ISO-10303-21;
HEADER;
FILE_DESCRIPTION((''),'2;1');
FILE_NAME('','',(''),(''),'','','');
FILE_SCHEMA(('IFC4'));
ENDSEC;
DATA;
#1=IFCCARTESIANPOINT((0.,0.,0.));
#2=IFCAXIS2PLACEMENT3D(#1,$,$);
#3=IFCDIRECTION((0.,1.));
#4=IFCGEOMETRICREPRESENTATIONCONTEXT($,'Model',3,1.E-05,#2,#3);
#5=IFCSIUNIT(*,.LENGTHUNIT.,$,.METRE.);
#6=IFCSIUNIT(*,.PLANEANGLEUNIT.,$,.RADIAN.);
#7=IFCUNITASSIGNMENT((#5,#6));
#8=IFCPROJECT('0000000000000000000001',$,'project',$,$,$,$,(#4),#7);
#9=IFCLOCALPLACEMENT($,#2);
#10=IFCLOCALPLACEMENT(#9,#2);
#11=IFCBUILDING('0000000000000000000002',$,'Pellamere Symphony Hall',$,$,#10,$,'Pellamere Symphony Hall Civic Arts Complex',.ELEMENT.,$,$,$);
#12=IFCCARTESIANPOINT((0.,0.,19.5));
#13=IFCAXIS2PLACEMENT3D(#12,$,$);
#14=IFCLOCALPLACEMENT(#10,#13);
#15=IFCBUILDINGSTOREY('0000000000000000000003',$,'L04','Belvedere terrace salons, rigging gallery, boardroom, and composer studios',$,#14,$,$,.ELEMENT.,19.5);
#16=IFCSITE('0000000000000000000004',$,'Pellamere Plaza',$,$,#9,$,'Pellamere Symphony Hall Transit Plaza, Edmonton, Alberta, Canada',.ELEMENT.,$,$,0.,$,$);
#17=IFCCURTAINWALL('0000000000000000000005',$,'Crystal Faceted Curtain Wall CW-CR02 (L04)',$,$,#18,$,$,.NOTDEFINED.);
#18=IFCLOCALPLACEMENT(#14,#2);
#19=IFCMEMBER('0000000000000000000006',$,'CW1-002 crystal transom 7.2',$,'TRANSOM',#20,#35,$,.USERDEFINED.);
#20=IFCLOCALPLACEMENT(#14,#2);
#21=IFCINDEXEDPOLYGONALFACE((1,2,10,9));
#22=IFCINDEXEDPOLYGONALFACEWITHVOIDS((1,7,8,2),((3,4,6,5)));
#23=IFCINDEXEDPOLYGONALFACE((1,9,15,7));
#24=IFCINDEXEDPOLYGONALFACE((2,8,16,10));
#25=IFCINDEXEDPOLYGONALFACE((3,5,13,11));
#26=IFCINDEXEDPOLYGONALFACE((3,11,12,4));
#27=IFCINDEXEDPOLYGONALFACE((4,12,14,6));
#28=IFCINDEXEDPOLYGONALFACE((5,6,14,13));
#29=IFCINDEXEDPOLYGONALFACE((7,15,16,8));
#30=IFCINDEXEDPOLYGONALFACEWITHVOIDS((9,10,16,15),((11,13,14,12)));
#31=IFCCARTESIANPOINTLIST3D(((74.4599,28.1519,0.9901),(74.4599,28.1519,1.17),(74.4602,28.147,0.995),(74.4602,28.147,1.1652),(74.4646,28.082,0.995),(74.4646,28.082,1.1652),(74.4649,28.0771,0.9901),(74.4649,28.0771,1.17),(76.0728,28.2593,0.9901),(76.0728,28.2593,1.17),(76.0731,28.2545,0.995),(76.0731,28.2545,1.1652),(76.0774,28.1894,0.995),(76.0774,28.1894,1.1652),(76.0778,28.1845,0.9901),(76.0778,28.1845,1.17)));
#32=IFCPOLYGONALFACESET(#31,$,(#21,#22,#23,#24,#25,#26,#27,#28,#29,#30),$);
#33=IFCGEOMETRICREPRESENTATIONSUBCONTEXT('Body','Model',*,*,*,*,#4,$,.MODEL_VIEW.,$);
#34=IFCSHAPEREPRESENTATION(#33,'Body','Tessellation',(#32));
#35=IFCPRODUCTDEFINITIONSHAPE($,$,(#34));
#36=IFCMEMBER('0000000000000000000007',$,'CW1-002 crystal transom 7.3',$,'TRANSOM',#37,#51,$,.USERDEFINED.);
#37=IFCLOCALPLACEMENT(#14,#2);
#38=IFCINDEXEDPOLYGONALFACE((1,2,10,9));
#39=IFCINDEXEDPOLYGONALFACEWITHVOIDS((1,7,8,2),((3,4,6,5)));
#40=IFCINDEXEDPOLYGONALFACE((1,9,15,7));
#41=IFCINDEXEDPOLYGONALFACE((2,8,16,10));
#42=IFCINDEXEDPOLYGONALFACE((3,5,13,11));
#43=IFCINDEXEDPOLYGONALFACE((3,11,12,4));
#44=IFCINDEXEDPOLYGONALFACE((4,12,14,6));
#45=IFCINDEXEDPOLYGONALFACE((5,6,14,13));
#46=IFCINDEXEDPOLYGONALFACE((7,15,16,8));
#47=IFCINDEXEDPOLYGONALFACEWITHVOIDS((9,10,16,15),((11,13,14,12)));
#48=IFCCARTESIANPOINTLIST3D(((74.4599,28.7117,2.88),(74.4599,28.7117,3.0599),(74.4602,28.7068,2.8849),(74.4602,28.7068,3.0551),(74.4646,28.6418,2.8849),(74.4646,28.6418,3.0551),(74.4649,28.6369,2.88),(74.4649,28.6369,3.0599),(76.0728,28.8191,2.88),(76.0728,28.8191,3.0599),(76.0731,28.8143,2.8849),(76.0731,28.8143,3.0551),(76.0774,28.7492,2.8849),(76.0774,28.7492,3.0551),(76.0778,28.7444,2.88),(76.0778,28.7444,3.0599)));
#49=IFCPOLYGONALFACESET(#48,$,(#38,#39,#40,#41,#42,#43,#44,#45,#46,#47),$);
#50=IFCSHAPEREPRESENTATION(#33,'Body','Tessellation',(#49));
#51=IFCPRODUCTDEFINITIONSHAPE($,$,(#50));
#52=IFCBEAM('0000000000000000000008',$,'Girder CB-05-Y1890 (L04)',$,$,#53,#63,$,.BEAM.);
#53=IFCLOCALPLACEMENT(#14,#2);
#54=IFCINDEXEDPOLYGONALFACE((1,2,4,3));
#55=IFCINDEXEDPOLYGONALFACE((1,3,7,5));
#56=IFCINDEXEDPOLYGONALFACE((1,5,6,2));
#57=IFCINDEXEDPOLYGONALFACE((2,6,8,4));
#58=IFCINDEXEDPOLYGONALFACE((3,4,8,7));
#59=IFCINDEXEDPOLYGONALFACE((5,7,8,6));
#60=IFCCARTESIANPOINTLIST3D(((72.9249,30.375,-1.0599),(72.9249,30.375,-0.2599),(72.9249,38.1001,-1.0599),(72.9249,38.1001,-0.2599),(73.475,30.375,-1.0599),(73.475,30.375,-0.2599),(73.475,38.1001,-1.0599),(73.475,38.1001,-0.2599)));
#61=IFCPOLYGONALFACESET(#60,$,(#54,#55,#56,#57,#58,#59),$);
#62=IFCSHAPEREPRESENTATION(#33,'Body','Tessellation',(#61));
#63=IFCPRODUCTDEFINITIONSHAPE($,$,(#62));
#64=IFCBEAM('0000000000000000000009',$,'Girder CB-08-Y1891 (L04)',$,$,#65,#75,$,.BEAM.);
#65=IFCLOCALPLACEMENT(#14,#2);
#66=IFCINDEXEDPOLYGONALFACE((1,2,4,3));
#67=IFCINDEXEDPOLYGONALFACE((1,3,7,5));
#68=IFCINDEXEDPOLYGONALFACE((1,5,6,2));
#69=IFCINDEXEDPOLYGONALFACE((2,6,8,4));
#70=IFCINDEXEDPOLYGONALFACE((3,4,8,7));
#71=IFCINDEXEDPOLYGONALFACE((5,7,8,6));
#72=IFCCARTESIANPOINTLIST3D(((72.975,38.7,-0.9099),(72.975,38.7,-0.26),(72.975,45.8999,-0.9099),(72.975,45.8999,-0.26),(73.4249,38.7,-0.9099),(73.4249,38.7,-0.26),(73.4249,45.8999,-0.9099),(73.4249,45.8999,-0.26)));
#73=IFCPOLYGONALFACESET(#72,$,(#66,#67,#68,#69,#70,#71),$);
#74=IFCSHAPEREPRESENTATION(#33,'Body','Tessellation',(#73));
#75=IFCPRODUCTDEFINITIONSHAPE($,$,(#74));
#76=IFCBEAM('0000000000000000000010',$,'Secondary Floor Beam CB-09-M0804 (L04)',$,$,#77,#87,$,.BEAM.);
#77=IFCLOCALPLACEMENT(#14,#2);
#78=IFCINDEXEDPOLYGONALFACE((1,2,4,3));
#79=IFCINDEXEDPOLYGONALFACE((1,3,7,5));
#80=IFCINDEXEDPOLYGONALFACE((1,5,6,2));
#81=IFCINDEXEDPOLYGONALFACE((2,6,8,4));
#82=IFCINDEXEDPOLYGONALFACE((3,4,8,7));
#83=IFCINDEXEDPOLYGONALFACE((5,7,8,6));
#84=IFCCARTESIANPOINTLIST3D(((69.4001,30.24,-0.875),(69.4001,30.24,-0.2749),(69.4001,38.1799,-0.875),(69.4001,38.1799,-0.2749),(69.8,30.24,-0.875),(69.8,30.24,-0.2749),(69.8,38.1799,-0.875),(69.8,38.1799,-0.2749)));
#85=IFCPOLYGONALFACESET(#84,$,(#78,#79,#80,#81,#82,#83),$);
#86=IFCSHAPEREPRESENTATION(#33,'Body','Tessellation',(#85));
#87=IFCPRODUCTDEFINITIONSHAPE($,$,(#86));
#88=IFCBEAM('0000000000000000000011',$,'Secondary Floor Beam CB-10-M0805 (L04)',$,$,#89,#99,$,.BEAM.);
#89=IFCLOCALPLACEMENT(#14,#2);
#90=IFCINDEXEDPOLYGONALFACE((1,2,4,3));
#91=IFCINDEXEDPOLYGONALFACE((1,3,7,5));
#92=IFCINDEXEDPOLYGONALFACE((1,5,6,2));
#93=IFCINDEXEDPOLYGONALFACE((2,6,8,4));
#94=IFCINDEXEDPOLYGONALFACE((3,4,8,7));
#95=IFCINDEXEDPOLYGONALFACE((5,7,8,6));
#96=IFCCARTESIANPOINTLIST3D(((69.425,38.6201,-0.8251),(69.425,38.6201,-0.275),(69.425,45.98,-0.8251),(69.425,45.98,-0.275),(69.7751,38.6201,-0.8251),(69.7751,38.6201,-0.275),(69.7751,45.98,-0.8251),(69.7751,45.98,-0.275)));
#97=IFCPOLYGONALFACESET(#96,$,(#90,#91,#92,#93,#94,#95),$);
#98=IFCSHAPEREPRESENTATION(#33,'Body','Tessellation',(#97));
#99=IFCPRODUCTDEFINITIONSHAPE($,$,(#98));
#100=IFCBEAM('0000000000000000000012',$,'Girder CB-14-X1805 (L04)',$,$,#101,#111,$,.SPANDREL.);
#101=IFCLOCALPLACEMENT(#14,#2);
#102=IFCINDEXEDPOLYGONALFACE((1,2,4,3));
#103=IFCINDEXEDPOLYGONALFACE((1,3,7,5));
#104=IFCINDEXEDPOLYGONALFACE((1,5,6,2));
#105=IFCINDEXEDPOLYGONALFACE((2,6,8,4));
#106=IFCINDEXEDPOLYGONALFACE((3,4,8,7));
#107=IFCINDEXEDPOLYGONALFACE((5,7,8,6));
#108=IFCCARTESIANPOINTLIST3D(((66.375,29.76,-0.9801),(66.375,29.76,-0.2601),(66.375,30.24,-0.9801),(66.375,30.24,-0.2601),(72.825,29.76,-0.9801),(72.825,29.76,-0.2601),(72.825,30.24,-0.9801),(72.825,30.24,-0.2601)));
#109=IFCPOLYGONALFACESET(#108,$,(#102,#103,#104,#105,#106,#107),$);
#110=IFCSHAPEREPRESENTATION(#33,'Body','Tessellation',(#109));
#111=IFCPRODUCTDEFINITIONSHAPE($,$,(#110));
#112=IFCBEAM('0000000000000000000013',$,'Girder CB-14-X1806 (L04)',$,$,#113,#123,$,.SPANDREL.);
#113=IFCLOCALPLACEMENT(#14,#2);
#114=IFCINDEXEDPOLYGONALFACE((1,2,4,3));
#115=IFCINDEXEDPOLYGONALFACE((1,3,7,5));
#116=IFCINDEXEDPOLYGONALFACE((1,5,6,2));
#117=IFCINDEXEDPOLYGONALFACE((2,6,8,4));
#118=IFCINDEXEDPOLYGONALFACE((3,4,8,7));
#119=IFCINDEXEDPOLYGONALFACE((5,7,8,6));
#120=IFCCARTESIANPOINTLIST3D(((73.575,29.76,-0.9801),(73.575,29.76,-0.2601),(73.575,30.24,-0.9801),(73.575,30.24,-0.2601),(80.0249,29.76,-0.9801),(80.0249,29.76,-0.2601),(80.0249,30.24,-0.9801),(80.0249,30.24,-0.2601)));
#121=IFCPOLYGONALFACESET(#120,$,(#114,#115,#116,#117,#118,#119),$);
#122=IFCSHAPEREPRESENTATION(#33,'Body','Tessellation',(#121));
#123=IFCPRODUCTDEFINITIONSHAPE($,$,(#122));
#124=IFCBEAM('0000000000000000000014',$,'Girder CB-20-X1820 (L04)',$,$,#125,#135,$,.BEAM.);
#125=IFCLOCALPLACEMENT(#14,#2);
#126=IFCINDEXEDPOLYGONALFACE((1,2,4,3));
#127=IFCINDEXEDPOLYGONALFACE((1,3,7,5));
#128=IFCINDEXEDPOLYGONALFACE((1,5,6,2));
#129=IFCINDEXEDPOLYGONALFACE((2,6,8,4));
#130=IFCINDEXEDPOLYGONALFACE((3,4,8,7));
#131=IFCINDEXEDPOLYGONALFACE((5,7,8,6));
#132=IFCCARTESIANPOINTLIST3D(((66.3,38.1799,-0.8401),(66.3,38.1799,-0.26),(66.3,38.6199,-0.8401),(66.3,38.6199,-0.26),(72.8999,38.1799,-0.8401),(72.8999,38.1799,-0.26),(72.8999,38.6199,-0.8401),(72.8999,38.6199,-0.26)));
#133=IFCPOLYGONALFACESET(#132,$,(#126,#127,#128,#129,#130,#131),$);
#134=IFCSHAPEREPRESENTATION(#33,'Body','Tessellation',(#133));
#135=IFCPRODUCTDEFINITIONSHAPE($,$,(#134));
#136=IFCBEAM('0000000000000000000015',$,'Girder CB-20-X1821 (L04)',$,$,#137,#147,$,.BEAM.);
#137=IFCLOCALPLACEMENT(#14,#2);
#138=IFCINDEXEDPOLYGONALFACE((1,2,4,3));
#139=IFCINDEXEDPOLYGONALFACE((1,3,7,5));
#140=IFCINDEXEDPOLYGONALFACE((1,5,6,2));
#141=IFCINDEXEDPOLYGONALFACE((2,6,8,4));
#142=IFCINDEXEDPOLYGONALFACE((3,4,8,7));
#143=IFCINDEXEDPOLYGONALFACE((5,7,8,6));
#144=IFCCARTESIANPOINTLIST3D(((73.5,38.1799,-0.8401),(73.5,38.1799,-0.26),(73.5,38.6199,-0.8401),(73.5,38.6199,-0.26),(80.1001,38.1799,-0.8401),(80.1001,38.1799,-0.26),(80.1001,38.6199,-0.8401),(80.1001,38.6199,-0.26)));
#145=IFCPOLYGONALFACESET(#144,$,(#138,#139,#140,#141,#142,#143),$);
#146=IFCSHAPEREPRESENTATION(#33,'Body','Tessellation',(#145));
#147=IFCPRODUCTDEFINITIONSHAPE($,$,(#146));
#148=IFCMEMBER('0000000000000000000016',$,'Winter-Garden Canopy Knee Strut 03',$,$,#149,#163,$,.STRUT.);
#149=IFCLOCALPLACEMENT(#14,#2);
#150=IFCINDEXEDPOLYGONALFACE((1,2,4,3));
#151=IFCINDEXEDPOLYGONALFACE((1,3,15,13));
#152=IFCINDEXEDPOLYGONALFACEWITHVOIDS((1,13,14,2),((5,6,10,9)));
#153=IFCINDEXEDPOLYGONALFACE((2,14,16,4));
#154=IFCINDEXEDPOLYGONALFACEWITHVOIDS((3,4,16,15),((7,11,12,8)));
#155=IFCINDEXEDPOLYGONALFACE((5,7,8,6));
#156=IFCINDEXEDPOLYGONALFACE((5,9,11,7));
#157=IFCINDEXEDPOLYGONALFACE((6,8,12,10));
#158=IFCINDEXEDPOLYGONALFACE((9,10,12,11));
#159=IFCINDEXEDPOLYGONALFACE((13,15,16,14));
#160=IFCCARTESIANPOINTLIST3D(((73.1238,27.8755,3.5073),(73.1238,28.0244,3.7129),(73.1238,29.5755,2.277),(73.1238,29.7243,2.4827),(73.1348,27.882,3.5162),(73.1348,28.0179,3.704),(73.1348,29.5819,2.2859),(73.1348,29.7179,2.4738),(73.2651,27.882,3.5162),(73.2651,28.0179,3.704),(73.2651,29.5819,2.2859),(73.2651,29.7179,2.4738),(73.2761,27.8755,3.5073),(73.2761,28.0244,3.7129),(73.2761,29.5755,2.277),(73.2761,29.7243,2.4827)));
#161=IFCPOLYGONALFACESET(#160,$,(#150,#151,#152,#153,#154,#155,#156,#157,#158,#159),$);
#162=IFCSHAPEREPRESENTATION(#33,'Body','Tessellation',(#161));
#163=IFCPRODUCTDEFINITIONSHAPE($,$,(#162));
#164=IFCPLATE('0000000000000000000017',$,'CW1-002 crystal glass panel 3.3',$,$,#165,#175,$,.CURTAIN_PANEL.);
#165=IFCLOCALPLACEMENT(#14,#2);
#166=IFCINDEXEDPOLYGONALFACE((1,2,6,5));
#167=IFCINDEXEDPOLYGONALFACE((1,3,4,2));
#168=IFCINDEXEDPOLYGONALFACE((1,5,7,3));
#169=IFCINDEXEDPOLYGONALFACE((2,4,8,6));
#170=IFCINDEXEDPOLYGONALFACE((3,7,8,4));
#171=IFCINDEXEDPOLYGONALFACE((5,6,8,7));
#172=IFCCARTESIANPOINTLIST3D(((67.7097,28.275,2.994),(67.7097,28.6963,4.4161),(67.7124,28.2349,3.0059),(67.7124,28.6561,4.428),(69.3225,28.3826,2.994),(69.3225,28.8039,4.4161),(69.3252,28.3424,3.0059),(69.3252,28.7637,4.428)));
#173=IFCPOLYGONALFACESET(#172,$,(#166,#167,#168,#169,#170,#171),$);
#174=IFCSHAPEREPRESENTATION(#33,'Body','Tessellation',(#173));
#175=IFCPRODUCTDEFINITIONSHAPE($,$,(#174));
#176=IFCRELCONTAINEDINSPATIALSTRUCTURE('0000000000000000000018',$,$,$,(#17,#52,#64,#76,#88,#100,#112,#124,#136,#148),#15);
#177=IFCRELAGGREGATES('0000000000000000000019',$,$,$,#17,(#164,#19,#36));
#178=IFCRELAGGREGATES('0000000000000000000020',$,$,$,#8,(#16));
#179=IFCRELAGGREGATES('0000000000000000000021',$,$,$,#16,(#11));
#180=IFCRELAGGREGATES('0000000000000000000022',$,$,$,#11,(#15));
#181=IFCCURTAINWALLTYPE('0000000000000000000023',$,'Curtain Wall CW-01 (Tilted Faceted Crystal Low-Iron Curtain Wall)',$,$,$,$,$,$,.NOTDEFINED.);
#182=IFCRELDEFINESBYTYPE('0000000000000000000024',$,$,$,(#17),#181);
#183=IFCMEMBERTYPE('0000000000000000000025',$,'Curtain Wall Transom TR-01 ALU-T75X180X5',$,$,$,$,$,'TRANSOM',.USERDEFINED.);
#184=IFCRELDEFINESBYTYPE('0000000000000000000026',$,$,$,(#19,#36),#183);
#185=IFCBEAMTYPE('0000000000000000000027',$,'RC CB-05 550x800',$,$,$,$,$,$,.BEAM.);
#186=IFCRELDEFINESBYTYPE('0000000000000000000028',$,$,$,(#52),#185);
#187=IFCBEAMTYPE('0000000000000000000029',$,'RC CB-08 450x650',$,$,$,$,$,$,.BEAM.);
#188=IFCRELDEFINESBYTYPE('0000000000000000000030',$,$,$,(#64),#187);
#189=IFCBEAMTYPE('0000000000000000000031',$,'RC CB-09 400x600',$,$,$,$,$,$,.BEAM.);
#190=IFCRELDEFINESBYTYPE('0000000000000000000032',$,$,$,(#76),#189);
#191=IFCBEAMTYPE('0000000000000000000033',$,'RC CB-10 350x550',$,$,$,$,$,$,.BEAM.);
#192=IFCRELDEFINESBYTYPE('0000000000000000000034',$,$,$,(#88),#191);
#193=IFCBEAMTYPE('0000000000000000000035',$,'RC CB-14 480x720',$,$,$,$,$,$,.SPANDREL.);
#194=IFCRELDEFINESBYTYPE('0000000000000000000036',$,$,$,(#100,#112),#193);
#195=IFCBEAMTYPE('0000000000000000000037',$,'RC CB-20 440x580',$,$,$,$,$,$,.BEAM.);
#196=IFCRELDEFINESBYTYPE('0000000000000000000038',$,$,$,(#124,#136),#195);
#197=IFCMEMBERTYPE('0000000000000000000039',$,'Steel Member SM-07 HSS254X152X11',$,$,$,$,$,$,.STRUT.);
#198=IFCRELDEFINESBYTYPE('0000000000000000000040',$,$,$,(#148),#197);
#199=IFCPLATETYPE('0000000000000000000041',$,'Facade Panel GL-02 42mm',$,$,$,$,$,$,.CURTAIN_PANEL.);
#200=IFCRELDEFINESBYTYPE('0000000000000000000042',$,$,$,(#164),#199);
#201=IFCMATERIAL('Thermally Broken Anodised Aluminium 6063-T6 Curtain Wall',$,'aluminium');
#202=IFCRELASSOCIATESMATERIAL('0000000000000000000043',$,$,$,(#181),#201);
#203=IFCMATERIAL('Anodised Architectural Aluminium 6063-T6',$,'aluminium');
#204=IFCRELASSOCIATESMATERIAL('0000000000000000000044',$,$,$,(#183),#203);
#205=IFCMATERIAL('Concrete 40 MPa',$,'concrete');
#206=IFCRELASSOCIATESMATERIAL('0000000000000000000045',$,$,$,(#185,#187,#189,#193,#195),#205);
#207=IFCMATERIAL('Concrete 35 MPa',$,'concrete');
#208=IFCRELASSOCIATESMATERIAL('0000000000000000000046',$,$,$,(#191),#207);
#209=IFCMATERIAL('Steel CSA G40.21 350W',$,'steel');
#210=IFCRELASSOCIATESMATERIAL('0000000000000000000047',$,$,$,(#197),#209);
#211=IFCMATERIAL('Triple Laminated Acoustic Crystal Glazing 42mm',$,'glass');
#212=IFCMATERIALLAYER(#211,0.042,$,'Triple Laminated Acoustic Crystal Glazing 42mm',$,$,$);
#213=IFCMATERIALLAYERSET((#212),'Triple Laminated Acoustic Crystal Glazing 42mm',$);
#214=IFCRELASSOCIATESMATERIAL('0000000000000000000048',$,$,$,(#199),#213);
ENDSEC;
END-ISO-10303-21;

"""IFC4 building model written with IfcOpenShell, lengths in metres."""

from ifc_helpers import new_model, si_unit, direction, frame, origin, origin_2d, place, context, subcontext, project, spatial, polyline, rectangle, hollow_rectangle, outline, extrude, material, layer, layer_set, material_profile, profile_set, type_object, element, aggregate, save


model = new_model("IFC4")

# Units and contexts
model_context = context("Model", 3, precision=1e-05, world=origin(), true_north=direction((0.0, 1.0)))
body_context = subcontext(model_context, "Body", "Model", "MODEL_VIEW")
ifc_project = project(units=[si_unit("LENGTHUNIT", "METRE"), si_unit("PLANEANGLEUNIT", "RADIAN")], contexts=[model_context])

# Site, building, storey
site_placement = place(None, origin())
site = spatial("IfcSite", under=ifc_project, at=site_placement, Name="Pellamere Plaza", LongName="Pellamere Symphony Hall Transit Plaza, Edmonton, Alberta, Canada", CompositionType="ELEMENT", RefElevation=0.0)
building_placement = place(site_placement, origin())
building = spatial("IfcBuilding", under=site, at=building_placement, Name="Pellamere Symphony Hall", LongName="Pellamere Symphony Hall Civic Arts Complex", CompositionType="ELEMENT")
storey_placement = place(building_placement, frame((0.0, 0.0, 19.5)))
storey = spatial("IfcBuildingStorey", under=building, at=storey_placement, Name="L04", Description="Belvedere terrace salons, rigging gallery, boardroom, and composer studios", CompositionType="ELEMENT", Elevation=19.5)

# Shared definitions
ifc_material_1 = material(Name="Concrete 40 MPa", Category="concrete")
ifc_material_2 = material(Name="Concrete 35 MPa", Category="concrete")

# Curtain wall, members
ifc_material_3 = material(Name="Thermally Broken Anodised Aluminium 6063-T6 Curtain Wall", Category="aluminium")
curtain_wall_type = type_object("IfcCurtainWallType", Name="Curtain Wall CW-01 (Tilted Faceted Crystal Low-Iron Curtain Wall)", PredefinedType="NOTDEFINED", material=ifc_material_3)
curtain_wall_placement = place(storey_placement, origin())
curtain_wall = element("IfcCurtainWall", 1, at=curtain_wall_placement, inside=storey, type_object=curtain_wall_type, Name="Crystal Faceted Curtain Wall CW-CR02 (L04)", PredefinedType="NOTDEFINED")
ifc_material_4 = material(Name="Anodised Architectural Aluminium 6063-T6", Category="aluminium")
ifc_material_profile_1 = material_profile(ifc_material_4, hollow_rectangle(XDim=0.075, YDim=0.1799, WallThickness=0.0049, at=origin_2d()), Name="ALU-T75X180X5")
ifc_profile_set_1 = profile_set([ifc_material_profile_1], Name="Anodised Architectural Aluminium 6063-T6")
member_type_1 = type_object("IfcMemberType", Name="Curtain Wall Transom TR-01 ALU-T75X180X5", ElementType="TRANSOM", PredefinedType="USERDEFINED", material=ifc_profile_set_1)
member_1_placement = place(storey_placement, frame((74.4624, 28.1145, 1.0801), z_axis=(0.997789, 0.066459, 0.0), x_axis=(-0.066459, 0.997789, 0.0)))
member_1 = element("IfcMember", 2, at=member_1_placement, type_object=member_type_1, Name="CW1-002 crystal transom 7.2", ObjectType="TRANSOM", PredefinedType="USERDEFINED", context=body_context, shape_type="SweptSolid", body=[
    extrude(hollow_rectangle(XDim=0.075, YDim=0.1799, WallThickness=0.0049, at=origin_2d()), origin(), (0.0, 0.0, 1.0), 1.6165),
])
member_2_placement = place(storey_placement, frame((74.4624, 28.6743, 2.97), z_axis=(0.997789, 0.066459, 0.0), x_axis=(-0.066459, 0.997789, 0.0)))
member_2 = element("IfcMember", 3, at=member_2_placement, type_object=member_type_1, Name="CW1-002 crystal transom 7.3", ObjectType="TRANSOM", PredefinedType="USERDEFINED", context=body_context, shape_type="SweptSolid", body=[
    extrude(hollow_rectangle(XDim=0.075, YDim=0.1799, WallThickness=0.0049, at=origin_2d()), origin(), (0.0, 0.0, 1.0), 1.6165),
])

# Beams
ifc_material_profile_2 = material_profile(ifc_material_1, rectangle(XDim=0.55, YDim=0.8, at=origin_2d()), Name="RC 550x800")
ifc_profile_set_2 = profile_set([ifc_material_profile_2], Name="Concrete 40 MPa")
beam_type_1 = type_object("IfcBeamType", Name="RC CB-05 550x800", PredefinedType="BEAM", material=ifc_profile_set_2)
beam_1_placement = place(storey_placement, frame((73.2, 30.375, -0.6599), z_axis=(0.0, 1.0, 0.0), x_axis=(-1.0, 0.0, 0.0)))
element("IfcBeam", 4, at=beam_1_placement, inside=storey, type_object=beam_type_1, Name="Girder CB-05-Y1890 (L04)", PredefinedType="BEAM", context=body_context, shape_type="SweptSolid", body=[
    extrude(rectangle(XDim=0.55, YDim=0.8, at=origin_2d()), origin(), (0.0, 0.0, 1.0), 7.7251),
])
ifc_material_profile_3 = material_profile(ifc_material_1, rectangle(XDim=0.45, YDim=0.6499, at=origin_2d()), Name="RC 450x650")
ifc_profile_set_3 = profile_set([ifc_material_profile_3], Name="Concrete 40 MPa")
beam_type_2 = type_object("IfcBeamType", Name="RC CB-08 450x650", PredefinedType="BEAM", material=ifc_profile_set_3)
beam_2_placement = place(storey_placement, frame((73.2, 38.7, -0.585), z_axis=(0.0, 1.0, 0.0), x_axis=(-1.0, 0.0, 0.0)))
element("IfcBeam", 5, at=beam_2_placement, inside=storey, type_object=beam_type_2, Name="Girder CB-08-Y1891 (L04)", PredefinedType="BEAM", context=body_context, shape_type="SweptSolid", body=[
    extrude(rectangle(XDim=0.45, YDim=0.6499, at=origin_2d()), origin(), (0.0, 0.0, 1.0), 7.2),
])
ifc_material_profile_4 = material_profile(ifc_material_1, rectangle(XDim=0.3999, YDim=0.6001, at=origin_2d()), Name="RC 400x600")
ifc_profile_set_4 = profile_set([ifc_material_profile_4], Name="Concrete 40 MPa")
beam_type_3 = type_object("IfcBeamType", Name="RC CB-09 400x600", PredefinedType="BEAM", material=ifc_profile_set_4)
beam_3_placement = place(storey_placement, frame((69.6001, 30.24, -0.575), z_axis=(0.0, 1.0, 0.0), x_axis=(-1.0, 0.0, 0.0)))
element("IfcBeam", 6, at=beam_3_placement, inside=storey, type_object=beam_type_3, Name="Secondary Floor Beam CB-09-M0804 (L04)", PredefinedType="BEAM", context=body_context, shape_type="SweptSolid", body=[
    extrude(rectangle(XDim=0.3999, YDim=0.6001, at=origin_2d()), origin(), (0.0, 0.0, 1.0), 7.9399),
])
ifc_material_profile_5 = material_profile(ifc_material_2, rectangle(XDim=0.3501, YDim=0.55, at=origin_2d()), Name="RC 350x550")
ifc_profile_set_5 = profile_set([ifc_material_profile_5], Name="Concrete 35 MPa")
beam_type_4 = type_object("IfcBeamType", Name="RC CB-10 350x550", PredefinedType="BEAM", material=ifc_profile_set_5)
beam_4_placement = place(storey_placement, frame((69.6001, 38.6201, -0.55), z_axis=(0.0, 1.0, 0.0), x_axis=(-1.0, 0.0, 0.0)))
element("IfcBeam", 7, at=beam_4_placement, inside=storey, type_object=beam_type_4, Name="Secondary Floor Beam CB-10-M0805 (L04)", PredefinedType="BEAM", context=body_context, shape_type="SweptSolid", body=[
    extrude(rectangle(XDim=0.3501, YDim=0.55, at=origin_2d()), origin(), (0.0, 0.0, 1.0), 7.3599),
])
ifc_material_profile_6 = material_profile(ifc_material_1, rectangle(XDim=0.48, YDim=0.72, at=origin_2d()), Name="RC 480x720")
ifc_profile_set_6 = profile_set([ifc_material_profile_6], Name="Concrete 40 MPa")
beam_type_5 = type_object("IfcBeamType", Name="RC CB-14 480x720", PredefinedType="SPANDREL", material=ifc_profile_set_6)
for number, where, z_axis, x_axis, name in (
    (8, (66.375, 30.0, -0.6201), (1.0, 0.0, 0.0), (0.0, 1.0, 0.0), "Girder CB-14-X1805 (L04)"),
    (9, (73.575, 30.0, -0.6201), (1.0, 0.0, 0.0), (0.0, 1.0, 0.0), "Girder CB-14-X1806 (L04)"),
):
    element("IfcBeam", number, at=place(storey_placement, frame(where, z_axis=z_axis, x_axis=x_axis)), inside=storey, type_object=beam_type_5, Name=name, PredefinedType="SPANDREL", context=body_context, shape_type="SweptSolid", body=[
        extrude(rectangle(XDim=0.48, YDim=0.72, at=origin_2d()), origin(), (0.0, 0.0, 1.0), 6.45),
    ])
ifc_material_profile_7 = material_profile(ifc_material_1, rectangle(XDim=0.4399, YDim=0.5801, at=origin_2d()), Name="RC 440x580")
ifc_profile_set_7 = profile_set([ifc_material_profile_7], Name="Concrete 40 MPa")
beam_type_6 = type_object("IfcBeamType", Name="RC CB-20 440x580", PredefinedType="BEAM", material=ifc_profile_set_7)
beam_5_placement = place(storey_placement, frame((66.3, 38.3999, -0.55), z_axis=(1.0, 0.0, 0.0), x_axis=(0.0, 1.0, 0.0)))
element("IfcBeam", 10, at=beam_5_placement, inside=storey, type_object=beam_type_6, Name="Girder CB-20-X1820 (L04)", PredefinedType="BEAM", context=body_context, shape_type="SweptSolid", body=[
    extrude(rectangle(XDim=0.4399, YDim=0.5801, at=origin_2d()), origin(), (0.0, 0.0, 1.0), 6.5999),
])
beam_6_placement = place(storey_placement, frame((73.5, 38.3999, -0.55), z_axis=(1.0, 0.0, 0.0), x_axis=(0.0, 1.0, 0.0)))
element("IfcBeam", 11, at=beam_6_placement, inside=storey, type_object=beam_type_6, Name="Girder CB-20-X1821 (L04)", PredefinedType="BEAM", context=body_context, shape_type="SweptSolid", body=[
    extrude(rectangle(XDim=0.4399, YDim=0.5801, at=origin_2d()), origin(), (0.0, 0.0, 1.0), 6.6001),
])

# Member
ifc_material_5 = material(Name="Steel CSA G40.21 350W", Category="steel")
ifc_material_profile_8 = material_profile(ifc_material_5, hollow_rectangle(XDim=0.1523, YDim=0.2539, WallThickness=0.011, at=origin_2d()), Name="HSS254X152X11")
ifc_profile_set_8 = profile_set([ifc_material_profile_8], Name="Steel CSA G40.21 350W")
member_type_2 = type_object("IfcMemberType", Name="Steel Member SM-07 HSS254X152X11", PredefinedType="STRUT", material=ifc_profile_set_8)
member_3_placement = place(storey_placement, frame((73.2, 29.6499, 2.3799), z_axis=(0.0, -0.810117, 0.586268), x_axis=(1.0, 0.0, 0.0)))
element("IfcMember", 12, at=member_3_placement, inside=storey, type_object=member_type_2, Name="Winter-Garden Canopy Knee Strut 03", PredefinedType="STRUT", context=body_context, shape_type="SweptSolid", body=[
    extrude(hollow_rectangle(XDim=0.1523, YDim=0.2539, WallThickness=0.011, at=origin_2d()), origin(), (0.0, 0.0, 1.0), 2.0984),
])

# Plate
ifc_material_6 = material(Name="Triple Laminated Acoustic Crystal Glazing 42mm", Category="glass")
ifc_layer_1 = layer(ifc_material_6, 0.042, Name="Triple Laminated Acoustic Crystal Glazing 42mm")
ifc_layer_set_1 = layer_set([ifc_layer_1], Name="Triple Laminated Acoustic Crystal Glazing 42mm")
plate_type_1 = type_object("IfcPlateType", Name="Facade Panel GL-02 42mm", PredefinedType="CURTAIN_PANEL", material=ifc_layer_set_1)
plate_1_placement = place(storey_placement, frame((67.7124, 28.2349, 3.0059), z_axis=(0.063805, -0.956863, 0.283445), x_axis=(0.997784, 0.06654, 0.00002)))
plate_1 = element("IfcPlate", 13, at=plate_1_placement, type_object=plate_type_1, Name="CW1-002 crystal glass panel 3.3", PredefinedType="CURTAIN_PANEL", context=body_context, shape_type="SweptSolid", body=[
    extrude(outline(polyline([(0.0, 0.0), (1.6164, 0.0), (1.6444, 1.4829), (0.0281, 1.483), (0.0, 0.0)])), origin(), (0.0, 0.0, -1.0), 0.042),
])
aggregate(curtain_wall, [plate_1, member_1, member_2])

save(model, "model.ifc")
